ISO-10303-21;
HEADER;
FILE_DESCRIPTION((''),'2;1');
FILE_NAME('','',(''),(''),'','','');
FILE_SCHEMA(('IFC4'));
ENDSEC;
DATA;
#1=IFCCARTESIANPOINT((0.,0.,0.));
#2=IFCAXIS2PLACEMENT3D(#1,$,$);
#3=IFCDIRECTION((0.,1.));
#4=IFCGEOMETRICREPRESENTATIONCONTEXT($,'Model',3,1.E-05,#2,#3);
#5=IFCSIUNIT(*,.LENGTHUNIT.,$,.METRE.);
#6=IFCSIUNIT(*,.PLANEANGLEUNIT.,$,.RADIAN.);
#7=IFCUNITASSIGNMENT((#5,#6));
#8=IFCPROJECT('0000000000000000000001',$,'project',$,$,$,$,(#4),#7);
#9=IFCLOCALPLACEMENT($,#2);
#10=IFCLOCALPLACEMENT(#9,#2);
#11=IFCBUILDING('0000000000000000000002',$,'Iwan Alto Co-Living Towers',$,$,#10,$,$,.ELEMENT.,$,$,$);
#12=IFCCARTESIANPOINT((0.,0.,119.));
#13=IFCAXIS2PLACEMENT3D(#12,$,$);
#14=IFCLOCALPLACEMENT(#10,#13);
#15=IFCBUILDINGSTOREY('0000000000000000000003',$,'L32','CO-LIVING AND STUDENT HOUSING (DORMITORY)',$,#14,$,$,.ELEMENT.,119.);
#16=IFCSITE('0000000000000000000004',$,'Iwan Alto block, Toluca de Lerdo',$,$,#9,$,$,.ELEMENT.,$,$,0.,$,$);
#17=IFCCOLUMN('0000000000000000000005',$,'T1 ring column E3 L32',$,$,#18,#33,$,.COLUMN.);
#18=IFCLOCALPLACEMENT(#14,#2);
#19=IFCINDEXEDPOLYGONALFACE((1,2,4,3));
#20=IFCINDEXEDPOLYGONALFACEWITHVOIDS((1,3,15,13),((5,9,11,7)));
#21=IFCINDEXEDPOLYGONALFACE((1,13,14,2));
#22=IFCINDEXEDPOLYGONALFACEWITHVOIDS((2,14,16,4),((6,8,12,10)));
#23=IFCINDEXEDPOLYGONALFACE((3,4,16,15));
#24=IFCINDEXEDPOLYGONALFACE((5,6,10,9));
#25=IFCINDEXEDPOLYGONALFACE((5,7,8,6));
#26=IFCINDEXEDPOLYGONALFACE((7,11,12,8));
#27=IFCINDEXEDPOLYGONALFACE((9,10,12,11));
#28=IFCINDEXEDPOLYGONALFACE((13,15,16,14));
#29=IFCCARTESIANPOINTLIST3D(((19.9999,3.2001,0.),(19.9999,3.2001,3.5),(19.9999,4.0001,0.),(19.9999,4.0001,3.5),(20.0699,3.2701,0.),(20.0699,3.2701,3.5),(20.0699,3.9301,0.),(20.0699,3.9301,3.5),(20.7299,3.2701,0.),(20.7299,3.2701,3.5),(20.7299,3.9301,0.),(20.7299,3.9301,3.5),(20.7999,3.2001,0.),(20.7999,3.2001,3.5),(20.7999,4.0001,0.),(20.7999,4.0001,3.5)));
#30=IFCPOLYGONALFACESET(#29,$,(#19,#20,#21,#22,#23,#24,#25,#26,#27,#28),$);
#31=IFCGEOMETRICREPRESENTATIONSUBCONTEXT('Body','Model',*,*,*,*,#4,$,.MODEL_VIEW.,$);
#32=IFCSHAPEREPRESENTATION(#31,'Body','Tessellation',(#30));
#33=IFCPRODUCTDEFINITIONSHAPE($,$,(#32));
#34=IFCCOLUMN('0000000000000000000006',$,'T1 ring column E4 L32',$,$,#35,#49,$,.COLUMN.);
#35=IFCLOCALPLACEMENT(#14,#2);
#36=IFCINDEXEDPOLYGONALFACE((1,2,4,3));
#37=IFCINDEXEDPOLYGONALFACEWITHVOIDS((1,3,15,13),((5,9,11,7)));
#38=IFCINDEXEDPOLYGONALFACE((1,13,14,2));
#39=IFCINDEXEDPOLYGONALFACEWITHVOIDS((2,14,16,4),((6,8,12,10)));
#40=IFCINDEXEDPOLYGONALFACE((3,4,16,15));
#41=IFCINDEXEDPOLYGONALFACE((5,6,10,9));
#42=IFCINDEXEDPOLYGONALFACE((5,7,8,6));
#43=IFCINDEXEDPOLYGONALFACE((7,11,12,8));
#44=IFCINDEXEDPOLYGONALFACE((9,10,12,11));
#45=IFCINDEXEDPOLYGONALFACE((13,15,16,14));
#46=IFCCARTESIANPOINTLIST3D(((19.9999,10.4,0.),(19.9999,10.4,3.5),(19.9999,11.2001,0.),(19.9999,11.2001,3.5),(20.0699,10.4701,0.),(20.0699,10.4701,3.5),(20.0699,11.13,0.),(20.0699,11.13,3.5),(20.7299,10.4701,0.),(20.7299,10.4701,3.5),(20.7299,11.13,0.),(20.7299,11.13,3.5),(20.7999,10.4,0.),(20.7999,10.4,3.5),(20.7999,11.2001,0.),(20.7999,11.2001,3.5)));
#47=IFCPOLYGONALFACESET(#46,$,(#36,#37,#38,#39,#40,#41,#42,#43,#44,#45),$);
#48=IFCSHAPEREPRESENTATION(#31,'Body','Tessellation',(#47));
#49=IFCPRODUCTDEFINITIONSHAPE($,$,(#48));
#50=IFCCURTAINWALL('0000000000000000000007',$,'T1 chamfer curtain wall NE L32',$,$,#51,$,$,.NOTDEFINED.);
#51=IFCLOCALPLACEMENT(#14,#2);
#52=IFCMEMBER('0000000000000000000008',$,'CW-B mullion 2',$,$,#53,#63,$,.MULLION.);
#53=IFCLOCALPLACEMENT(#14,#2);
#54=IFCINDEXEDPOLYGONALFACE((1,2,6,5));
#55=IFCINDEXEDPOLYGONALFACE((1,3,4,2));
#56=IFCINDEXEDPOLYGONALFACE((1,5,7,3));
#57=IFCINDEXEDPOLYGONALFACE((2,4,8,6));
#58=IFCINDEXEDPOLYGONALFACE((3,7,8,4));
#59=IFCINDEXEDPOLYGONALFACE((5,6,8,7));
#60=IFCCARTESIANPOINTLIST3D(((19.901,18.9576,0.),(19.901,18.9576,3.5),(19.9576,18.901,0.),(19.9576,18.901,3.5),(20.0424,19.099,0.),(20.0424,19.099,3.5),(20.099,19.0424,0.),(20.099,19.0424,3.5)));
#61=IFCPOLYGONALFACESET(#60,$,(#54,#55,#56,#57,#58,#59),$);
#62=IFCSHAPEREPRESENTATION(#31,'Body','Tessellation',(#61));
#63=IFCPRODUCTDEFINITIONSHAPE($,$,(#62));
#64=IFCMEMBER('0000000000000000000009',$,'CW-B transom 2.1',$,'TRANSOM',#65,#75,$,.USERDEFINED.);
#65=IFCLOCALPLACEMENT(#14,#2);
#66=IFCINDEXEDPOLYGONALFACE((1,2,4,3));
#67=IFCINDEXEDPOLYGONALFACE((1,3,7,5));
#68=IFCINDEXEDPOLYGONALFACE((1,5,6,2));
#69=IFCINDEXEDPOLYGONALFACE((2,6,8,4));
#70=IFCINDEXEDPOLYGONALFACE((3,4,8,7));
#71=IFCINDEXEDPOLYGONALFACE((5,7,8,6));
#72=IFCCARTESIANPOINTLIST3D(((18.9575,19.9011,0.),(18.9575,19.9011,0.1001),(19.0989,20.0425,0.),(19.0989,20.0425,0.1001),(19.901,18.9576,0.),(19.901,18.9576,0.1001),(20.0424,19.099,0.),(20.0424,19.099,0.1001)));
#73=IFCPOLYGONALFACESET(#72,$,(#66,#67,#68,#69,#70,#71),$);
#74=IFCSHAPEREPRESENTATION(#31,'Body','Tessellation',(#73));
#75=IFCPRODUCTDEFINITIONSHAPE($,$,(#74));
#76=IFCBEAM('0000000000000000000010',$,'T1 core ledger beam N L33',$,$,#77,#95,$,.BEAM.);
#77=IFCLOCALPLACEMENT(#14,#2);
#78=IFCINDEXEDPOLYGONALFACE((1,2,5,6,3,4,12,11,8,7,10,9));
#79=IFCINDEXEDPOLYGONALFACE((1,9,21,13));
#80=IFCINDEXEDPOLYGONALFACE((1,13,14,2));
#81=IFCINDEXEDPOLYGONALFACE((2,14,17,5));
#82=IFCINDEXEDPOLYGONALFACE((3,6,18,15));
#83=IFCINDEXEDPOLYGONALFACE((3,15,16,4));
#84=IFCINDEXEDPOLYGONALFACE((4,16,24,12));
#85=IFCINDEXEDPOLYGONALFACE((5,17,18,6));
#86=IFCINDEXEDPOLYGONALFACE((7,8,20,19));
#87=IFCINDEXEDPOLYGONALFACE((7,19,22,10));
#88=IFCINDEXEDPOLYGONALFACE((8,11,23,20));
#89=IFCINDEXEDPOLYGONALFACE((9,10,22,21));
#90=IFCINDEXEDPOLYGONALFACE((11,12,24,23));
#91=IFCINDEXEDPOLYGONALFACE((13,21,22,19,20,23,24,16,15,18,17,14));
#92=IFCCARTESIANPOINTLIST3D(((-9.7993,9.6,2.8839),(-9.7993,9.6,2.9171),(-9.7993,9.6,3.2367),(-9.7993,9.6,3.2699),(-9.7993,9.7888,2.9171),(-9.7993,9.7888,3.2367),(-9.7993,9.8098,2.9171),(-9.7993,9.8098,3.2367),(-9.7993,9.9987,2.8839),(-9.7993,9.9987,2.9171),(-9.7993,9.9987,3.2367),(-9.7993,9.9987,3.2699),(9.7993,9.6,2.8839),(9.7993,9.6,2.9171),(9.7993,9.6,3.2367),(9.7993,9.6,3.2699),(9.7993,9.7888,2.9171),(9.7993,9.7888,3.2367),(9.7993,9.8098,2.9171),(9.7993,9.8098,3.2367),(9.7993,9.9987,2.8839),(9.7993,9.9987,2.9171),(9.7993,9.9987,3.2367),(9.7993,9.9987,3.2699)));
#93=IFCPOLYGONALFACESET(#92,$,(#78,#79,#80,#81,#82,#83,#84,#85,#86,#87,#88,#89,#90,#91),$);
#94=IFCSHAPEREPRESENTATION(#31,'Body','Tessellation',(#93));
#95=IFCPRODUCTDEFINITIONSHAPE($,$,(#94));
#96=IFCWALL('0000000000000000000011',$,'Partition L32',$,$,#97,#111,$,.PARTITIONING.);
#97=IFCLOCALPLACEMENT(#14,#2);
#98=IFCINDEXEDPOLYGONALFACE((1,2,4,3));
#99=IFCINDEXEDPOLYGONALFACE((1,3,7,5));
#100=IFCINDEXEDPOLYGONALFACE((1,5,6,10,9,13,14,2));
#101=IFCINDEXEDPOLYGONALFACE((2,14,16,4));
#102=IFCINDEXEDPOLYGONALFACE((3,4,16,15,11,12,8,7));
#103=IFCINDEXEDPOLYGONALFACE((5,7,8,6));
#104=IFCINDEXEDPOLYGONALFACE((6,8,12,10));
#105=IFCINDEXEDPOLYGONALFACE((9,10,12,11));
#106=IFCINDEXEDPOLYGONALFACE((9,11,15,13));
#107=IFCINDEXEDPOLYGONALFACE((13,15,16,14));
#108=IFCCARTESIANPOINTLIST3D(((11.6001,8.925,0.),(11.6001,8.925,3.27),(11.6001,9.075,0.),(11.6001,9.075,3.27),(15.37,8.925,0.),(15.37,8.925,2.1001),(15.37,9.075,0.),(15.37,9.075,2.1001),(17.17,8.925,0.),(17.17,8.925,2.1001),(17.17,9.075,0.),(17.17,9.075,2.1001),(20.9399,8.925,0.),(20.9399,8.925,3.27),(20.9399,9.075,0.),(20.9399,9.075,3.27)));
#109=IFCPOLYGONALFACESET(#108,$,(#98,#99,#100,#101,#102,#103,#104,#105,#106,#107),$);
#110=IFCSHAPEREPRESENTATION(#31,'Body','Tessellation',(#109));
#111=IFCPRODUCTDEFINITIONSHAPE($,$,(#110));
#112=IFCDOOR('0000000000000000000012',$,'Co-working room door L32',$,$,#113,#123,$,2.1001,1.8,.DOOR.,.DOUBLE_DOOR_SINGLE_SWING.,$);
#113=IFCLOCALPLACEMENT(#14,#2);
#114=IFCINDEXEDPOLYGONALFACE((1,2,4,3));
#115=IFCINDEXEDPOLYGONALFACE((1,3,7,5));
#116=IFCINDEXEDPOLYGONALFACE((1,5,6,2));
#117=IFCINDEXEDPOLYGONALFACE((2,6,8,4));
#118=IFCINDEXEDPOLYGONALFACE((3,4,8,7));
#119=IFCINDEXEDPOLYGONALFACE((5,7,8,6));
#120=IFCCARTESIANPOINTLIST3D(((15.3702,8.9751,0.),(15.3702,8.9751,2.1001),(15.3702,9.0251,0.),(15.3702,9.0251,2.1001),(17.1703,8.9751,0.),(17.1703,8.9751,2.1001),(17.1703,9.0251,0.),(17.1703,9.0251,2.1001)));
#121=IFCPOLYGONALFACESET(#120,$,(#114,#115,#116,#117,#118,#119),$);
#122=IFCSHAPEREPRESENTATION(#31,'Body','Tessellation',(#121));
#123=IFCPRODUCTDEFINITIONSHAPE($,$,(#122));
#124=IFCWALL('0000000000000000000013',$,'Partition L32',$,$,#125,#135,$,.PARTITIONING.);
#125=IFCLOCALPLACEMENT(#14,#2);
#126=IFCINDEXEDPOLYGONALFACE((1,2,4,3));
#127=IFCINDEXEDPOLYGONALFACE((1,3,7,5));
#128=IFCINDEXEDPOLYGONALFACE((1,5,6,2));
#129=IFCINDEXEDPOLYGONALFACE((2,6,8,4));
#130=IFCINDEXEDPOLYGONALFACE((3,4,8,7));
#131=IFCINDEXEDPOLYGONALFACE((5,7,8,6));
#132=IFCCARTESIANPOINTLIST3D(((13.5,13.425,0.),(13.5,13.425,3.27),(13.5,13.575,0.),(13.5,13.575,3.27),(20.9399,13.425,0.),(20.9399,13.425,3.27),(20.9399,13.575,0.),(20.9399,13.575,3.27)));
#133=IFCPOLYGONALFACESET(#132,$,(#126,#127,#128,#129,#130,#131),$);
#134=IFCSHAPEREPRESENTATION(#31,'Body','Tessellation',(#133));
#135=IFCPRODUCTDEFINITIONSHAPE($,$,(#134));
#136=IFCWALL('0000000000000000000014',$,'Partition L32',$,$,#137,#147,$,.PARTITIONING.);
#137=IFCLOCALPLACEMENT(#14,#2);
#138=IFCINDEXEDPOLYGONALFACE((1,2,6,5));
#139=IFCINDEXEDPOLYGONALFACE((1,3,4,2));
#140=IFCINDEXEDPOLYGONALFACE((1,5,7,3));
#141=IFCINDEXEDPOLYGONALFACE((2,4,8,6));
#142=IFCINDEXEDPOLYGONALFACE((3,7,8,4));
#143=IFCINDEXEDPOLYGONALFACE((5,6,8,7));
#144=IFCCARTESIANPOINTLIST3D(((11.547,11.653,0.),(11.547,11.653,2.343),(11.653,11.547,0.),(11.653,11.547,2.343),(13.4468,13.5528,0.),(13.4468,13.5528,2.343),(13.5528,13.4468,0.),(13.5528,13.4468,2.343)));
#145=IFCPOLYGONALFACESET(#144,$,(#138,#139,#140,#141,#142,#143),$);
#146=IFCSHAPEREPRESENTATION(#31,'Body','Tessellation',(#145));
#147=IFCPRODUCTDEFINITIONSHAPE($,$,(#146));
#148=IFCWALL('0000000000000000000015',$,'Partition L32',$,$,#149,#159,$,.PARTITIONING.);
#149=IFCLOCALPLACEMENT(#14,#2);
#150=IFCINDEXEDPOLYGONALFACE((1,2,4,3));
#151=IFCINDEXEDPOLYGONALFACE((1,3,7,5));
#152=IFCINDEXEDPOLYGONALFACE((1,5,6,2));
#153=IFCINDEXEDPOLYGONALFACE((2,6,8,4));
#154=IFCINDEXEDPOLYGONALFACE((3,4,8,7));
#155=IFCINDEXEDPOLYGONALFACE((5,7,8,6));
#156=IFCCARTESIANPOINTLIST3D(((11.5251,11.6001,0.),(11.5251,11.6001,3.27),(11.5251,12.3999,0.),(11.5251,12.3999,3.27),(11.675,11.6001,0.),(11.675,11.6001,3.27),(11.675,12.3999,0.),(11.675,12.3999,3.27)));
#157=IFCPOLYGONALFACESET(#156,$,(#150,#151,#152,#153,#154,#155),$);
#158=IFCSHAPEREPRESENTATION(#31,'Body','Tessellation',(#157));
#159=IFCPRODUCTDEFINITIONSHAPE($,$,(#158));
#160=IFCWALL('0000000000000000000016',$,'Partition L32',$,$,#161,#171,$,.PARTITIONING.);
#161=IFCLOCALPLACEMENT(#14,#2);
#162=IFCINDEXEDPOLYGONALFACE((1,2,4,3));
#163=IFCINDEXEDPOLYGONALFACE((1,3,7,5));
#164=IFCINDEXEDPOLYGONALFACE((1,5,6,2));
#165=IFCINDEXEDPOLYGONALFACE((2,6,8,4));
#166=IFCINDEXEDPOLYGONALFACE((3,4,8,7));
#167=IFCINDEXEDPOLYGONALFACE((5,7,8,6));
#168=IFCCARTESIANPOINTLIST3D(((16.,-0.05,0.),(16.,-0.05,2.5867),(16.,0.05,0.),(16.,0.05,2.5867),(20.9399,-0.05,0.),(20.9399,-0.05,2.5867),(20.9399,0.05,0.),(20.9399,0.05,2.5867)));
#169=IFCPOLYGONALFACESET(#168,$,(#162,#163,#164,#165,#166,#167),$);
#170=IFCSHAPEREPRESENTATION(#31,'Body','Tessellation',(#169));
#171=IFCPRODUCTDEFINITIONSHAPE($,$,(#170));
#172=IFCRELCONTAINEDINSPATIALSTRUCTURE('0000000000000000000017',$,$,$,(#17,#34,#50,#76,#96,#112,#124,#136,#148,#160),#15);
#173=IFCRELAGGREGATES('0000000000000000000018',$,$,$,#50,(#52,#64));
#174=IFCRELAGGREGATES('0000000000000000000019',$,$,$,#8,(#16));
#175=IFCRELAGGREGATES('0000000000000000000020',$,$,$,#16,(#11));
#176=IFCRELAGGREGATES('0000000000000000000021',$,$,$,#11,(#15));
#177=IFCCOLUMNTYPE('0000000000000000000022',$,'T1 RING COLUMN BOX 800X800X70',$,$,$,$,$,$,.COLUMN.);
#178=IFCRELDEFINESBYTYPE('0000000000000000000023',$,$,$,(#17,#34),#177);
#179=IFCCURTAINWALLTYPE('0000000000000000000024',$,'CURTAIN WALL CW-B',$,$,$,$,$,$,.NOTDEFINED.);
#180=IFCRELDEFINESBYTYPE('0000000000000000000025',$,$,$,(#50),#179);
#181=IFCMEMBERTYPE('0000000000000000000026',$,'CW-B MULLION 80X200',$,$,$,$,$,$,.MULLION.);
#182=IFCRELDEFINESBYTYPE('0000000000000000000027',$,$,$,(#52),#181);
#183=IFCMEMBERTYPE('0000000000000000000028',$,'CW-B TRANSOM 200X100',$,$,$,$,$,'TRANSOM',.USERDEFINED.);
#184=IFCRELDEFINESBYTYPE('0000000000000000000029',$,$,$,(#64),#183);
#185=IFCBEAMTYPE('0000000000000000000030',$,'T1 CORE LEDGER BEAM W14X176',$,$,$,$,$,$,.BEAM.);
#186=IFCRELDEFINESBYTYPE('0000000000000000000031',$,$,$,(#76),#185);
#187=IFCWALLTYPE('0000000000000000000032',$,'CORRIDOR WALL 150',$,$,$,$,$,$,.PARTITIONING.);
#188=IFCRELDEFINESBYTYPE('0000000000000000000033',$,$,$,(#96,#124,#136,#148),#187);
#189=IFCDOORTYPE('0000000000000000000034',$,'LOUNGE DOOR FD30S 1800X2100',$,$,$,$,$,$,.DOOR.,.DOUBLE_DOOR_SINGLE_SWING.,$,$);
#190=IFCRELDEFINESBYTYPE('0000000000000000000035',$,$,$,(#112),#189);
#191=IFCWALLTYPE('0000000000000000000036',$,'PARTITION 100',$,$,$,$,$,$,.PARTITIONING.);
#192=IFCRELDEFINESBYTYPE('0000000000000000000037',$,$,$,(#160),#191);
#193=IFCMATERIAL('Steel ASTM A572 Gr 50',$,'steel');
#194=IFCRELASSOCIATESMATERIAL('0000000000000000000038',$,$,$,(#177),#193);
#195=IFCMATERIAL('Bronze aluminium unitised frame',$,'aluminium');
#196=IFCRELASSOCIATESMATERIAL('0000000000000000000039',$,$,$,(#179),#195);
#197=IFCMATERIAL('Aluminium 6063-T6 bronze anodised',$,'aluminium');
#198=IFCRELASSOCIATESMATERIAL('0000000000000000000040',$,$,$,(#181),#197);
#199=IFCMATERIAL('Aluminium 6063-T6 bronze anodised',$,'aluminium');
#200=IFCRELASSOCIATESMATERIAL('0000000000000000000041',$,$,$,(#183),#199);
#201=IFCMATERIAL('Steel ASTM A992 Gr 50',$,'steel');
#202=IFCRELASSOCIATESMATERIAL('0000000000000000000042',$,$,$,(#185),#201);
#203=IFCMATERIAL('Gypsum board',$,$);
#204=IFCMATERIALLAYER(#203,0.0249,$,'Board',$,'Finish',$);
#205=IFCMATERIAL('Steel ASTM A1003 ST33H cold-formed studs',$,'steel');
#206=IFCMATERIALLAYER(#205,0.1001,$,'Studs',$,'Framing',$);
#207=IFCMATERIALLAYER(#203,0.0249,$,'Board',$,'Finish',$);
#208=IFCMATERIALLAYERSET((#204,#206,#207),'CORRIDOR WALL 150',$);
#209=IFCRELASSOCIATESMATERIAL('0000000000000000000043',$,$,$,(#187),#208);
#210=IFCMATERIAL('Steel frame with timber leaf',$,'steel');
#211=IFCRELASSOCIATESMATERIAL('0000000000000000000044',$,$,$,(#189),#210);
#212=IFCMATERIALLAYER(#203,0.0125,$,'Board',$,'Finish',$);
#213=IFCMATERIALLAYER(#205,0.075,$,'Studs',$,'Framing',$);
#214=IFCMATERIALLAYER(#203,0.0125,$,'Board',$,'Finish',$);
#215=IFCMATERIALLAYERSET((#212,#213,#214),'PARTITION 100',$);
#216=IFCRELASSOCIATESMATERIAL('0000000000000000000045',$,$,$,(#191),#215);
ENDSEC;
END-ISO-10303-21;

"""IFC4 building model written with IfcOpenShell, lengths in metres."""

from ifc_helpers import new_model, si_unit, direction, frame, frame_2d, origin, origin_2d, place, context, subcontext, project, spatial, rectangle, hollow_rectangle, i_section, extrude, material, layer, layer_set, material_profile, profile_set, type_object, element, fill, aggregate, save


model = new_model("IFC4")

# Units and contexts
model_context = context("Model", 3, precision=1e-05, world=origin(), true_north=direction((0.0, 1.0)))
body_context = subcontext(model_context, "Body", "Model", "MODEL_VIEW")
ifc_project = project(units=[si_unit("LENGTHUNIT", "METRE"), si_unit("PLANEANGLEUNIT", "RADIAN")], contexts=[model_context])

# Site, building, storey
site_placement = place(None, origin())
site = spatial("IfcSite", under=ifc_project, at=site_placement, Name="Iwan Alto block, Toluca de Lerdo", CompositionType="ELEMENT", RefElevation=0.0)
building_placement = place(site_placement, origin())
building = spatial("IfcBuilding", under=site, at=building_placement, Name="Iwan Alto Co-Living Towers", CompositionType="ELEMENT")
storey_placement = place(building_placement, frame((0.0, 0.0, 119.0)))
storey = spatial("IfcBuildingStorey", under=building, at=storey_placement, Name="L32", Description="CO-LIVING AND STUDENT HOUSING (DORMITORY)", CompositionType="ELEMENT", Elevation=119.0)

# Columns
ifc_material_1 = material(Name="Steel ASTM A572 Gr 50", Category="steel")
ifc_material_profile_1 = material_profile(ifc_material_1, hollow_rectangle(XDim=0.8, YDim=0.8, WallThickness=0.0701, at=origin_2d()), Name="BOX 800X800X70")
ifc_profile_set_1 = profile_set([ifc_material_profile_1], Name="Steel ASTM A572 Gr 50")
column_type = type_object("IfcColumnType", Name="T1 RING COLUMN BOX 800X800X70", PredefinedType="COLUMN", material=ifc_profile_set_1)
for number, where, z_axis, x_axis, name in (
    (1, (20.3999, 3.6001, 0.0), (0.0, 0.0, 1.0), (1.0, 0.0, 0.0), "T1 ring column E3 L32"),
    (2, (20.3999, 10.8, 0.0), (0.0, 0.0, 1.0), (1.0, 0.0, 0.0), "T1 ring column E4 L32"),
):
    element("IfcColumn", number, at=place(storey_placement, frame(where, z_axis=z_axis, x_axis=x_axis)), inside=storey, type_object=column_type, Name=name, PredefinedType="COLUMN", context=body_context, shape_type="SweptSolid", body=[
        extrude(hollow_rectangle(XDim=0.8, YDim=0.8, WallThickness=0.0701, at=origin_2d()), origin(), (0.0, 0.0, 1.0), 3.5),
    ])

# Curtain wall, members
ifc_material_2 = material(Name="Bronze aluminium unitised frame", Category="aluminium")
curtain_wall_type = type_object("IfcCurtainWallType", Name="CURTAIN WALL CW-B", PredefinedType="NOTDEFINED", material=ifc_material_2)
curtain_wall_placement = place(storey_placement, origin())
curtain_wall = element("IfcCurtainWall", 3, at=curtain_wall_placement, inside=storey, type_object=curtain_wall_type, Name="T1 chamfer curtain wall NE L32", PredefinedType="NOTDEFINED")
ifc_material_3 = material(Name="Aluminium 6063-T6 bronze anodised", Category="aluminium")
ifc_material_profile_2 = material_profile(ifc_material_3, rectangle(XDim=0.2, YDim=0.0801, at=origin_2d()), Name="AL 80X200")
ifc_profile_set_2 = profile_set([ifc_material_profile_2], Name="Aluminium 6063-T6 bronze anodised")
member_type_1 = type_object("IfcMemberType", Name="CW-B MULLION 80X200", PredefinedType="MULLION", material=ifc_profile_set_2)
member_1_placement = place(storey_placement, frame((20.0, 19.0, 0.0), z_axis=(0.0, 0.0, 1.0), x_axis=(-0.707107, -0.707107, 0.0)))
member_1 = element("IfcMember", 4, at=member_1_placement, type_object=member_type_1, Name="CW-B mullion 2", PredefinedType="MULLION", context=body_context, shape_type="SweptSolid", body=[
    extrude(rectangle(XDim=0.2, YDim=0.0801, at=origin_2d()), origin(), (0.0, 0.0, 1.0), 3.5),
])
ifc_material_4 = material(Name="Aluminium 6063-T6 bronze anodised", Category="aluminium")
ifc_material_profile_3 = material_profile(ifc_material_4, rectangle(XDim=0.2, YDim=0.1001, at=origin_2d()), Name="AL 200X100")
ifc_profile_set_3 = profile_set([ifc_material_profile_3], Name="Aluminium 6063-T6 bronze anodised")
member_type_2 = type_object("IfcMemberType", Name="CW-B TRANSOM 200X100", ElementType="TRANSOM", PredefinedType="USERDEFINED", material=ifc_profile_set_3)
member_2_placement = place(storey_placement, frame((19.9717, 19.0283, 0.05), z_axis=(-0.707107, 0.707107, 0.0), x_axis=(-0.707107, -0.707107, 0.0)))
member_2 = element("IfcMember", 5, at=member_2_placement, type_object=member_type_2, Name="CW-B transom 2.1", ObjectType="TRANSOM", PredefinedType="USERDEFINED", context=body_context, shape_type="SweptSolid", body=[
    extrude(rectangle(XDim=0.2, YDim=0.1001, at=origin_2d()), origin(), (0.0, 0.0, 1.0), 1.3342),
])
aggregate(curtain_wall, [member_1, member_2])

# Beam
ifc_material_5 = material(Name="Steel ASTM A992 Gr 50", Category="steel")
ifc_material_profile_4 = material_profile(ifc_material_5, i_section(OverallWidth=0.3987, OverallDepth=0.386, WebThickness=0.021, FlangeThickness=0.0332, at=origin_2d()), Name="W14X176")
ifc_profile_set_4 = profile_set([ifc_material_profile_4], Name="Steel ASTM A992 Gr 50")
beam_type = type_object("IfcBeamType", Name="T1 CORE LEDGER BEAM W14X176", PredefinedType="BEAM", material=ifc_profile_set_4)
beam_placement = place(storey_placement, frame((9.7993, 9.7993, 3.0769), z_axis=(-1.0, 0.0, 0.0), x_axis=(0.0, -1.0, 0.0)))
element("IfcBeam", 6, at=beam_placement, inside=storey, type_object=beam_type, Name="T1 core ledger beam N L33", PredefinedType="BEAM", context=body_context, shape_type="SweptSolid", body=[
    extrude(i_section(OverallWidth=0.3987, OverallDepth=0.386, WebThickness=0.021, FlangeThickness=0.0332, at=origin_2d()), origin(), (0.0, 0.0, 1.0), 19.5986),
])

# Wall, opening, door
ifc_material_6 = material(Name="Gypsum board")
ifc_layer_1 = layer(ifc_material_6, 0.0249, Name="Board", Category="Finish")
ifc_material_7 = material(Name="Steel ASTM A1003 ST33H cold-formed studs", Category="steel")
ifc_layer_2 = layer(ifc_material_7, 0.1001, Name="Studs", Category="Framing")
ifc_layer_3 = layer(ifc_material_6, 0.0249, Name="Board", Category="Finish")
ifc_layer_set_1 = layer_set([ifc_layer_1, ifc_layer_2, ifc_layer_3], Name="CORRIDOR WALL 150")
wall_type_1 = type_object("IfcWallType", Name="CORRIDOR WALL 150", PredefinedType="PARTITIONING", material=ifc_layer_set_1)
wall_1_placement = place(storey_placement, frame((11.6001, 9.0, 0.0), z_axis=(0.0, 0.0, 1.0), x_axis=(1.0, 0.0, 0.0)))
wall_1 = element("IfcWall", 7, at=wall_1_placement, inside=storey, type_object=wall_type_1, Name="Partition L32", PredefinedType="PARTITIONING", context=body_context, shape_type="SweptSolid", body=[
    extrude(rectangle(XDim=9.3398, YDim=0.1499, at=frame_2d((4.6699, 0.0))), origin(), (0.0, 0.0, 1.0), 3.27),
])
opening_1_placement = place(wall_1_placement, frame((3.77, 0.0, 0.0)))
opening_1 = element("IfcOpeningElement", 8, at=opening_1_placement, cuts=wall_1, PredefinedType="OPENING", context=body_context, shape_type="SweptSolid", body=[
    extrude(rectangle(XDim=1.8, YDim=2.1001, at=frame_2d((0.8999, 1.05))), frame((0.0, 0.085, 0.0), z_axis=(0.0, -1.0, 0.0), x_axis=(1.0, 0.0, 0.0)), (0.0, 0.0, 1.0), 0.1699),
])
ifc_material_8 = material(Name="Steel frame with timber leaf", Category="steel")
door_type_1 = type_object("IfcDoorType", Name="LOUNGE DOOR FD30S 1800X2100", OperationType="DOUBLE_DOOR_SINGLE_SWING", PredefinedType="DOOR", material=ifc_material_8)
door_1_placement = place(opening_1_placement, frame((1.8, 0.0, 0.0), z_axis=(0.0, 0.0, 1.0), x_axis=(-1.0, 0.0, 0.0)))
door_1 = element("IfcDoor", 9, at=door_1_placement, inside=storey, type_object=door_type_1, Name="Co-working room door L32", OperationType="DOUBLE_DOOR_SINGLE_SWING", OverallHeight=2.1001, OverallWidth=1.8, PredefinedType="DOOR", context=body_context, shape_type="SweptSolid", body=[
    extrude(rectangle(XDim=1.8, YDim=2.1001, at=frame_2d((0.8999, 1.05))), frame((0.0, 0.0249, 0.0), z_axis=(0.0, -1.0, 0.0), x_axis=(1.0, 0.0, 0.0)), (0.0, 0.0, 1.0), 0.05),
])
fill(opening_1, door_1)

# Walls
wall_2_placement = place(storey_placement, frame((13.5, 13.5, 0.0), z_axis=(0.0, 0.0, 1.0), x_axis=(1.0, 0.0, 0.0)))
element("IfcWall", 10, at=wall_2_placement, inside=storey, type_object=wall_type_1, Name="Partition L32", PredefinedType="PARTITIONING", context=body_context, shape_type="SweptSolid", body=[
    extrude(rectangle(XDim=7.4399, YDim=0.1499, at=frame_2d((3.72, 0.0))), origin(), (0.0, 0.0, 1.0), 3.27),
])
wall_3_placement = place(storey_placement, frame((11.6001, 11.6001, 0.0), z_axis=(0.0, 0.0, 1.0), x_axis=(0.707107, 0.707107, 0.0)))
element("IfcWall", 11, at=wall_3_placement, inside=storey, type_object=wall_type_1, Name="Partition L32", PredefinedType="PARTITIONING", context=body_context, shape_type="SweptSolid", body=[
    extrude(rectangle(XDim=2.6868, YDim=0.1499, at=frame_2d((1.3433, 0.0))), origin(), (0.0, 0.0, 1.0), 2.343),
])
wall_4_placement = place(storey_placement, frame((11.6001, 11.6001, 0.0), z_axis=(0.0, 0.0, 1.0), x_axis=(0.0, 1.0, 0.0)))
element("IfcWall", 12, at=wall_4_placement, inside=storey, type_object=wall_type_1, Name="Partition L32", PredefinedType="PARTITIONING", context=body_context, shape_type="SweptSolid", body=[
    extrude(rectangle(XDim=0.7998, YDim=0.1499, at=frame_2d((0.3999, 0.0))), origin(), (0.0, 0.0, 1.0), 3.27),
])
ifc_layer_4 = layer(ifc_material_6, 0.0125, Name="Board", Category="Finish")
ifc_layer_5 = layer(ifc_material_7, 0.075, Name="Studs", Category="Framing")
ifc_layer_6 = layer(ifc_material_6, 0.0125, Name="Board", Category="Finish")
ifc_layer_set_2 = layer_set([ifc_layer_4, ifc_layer_5, ifc_layer_6], Name="PARTITION 100")
wall_type_2 = type_object("IfcWallType", Name="PARTITION 100", PredefinedType="PARTITIONING", material=ifc_layer_set_2)
wall_5_placement = place(storey_placement, frame((16.0, 0.0, 0.0), z_axis=(0.0, 0.0, 1.0), x_axis=(1.0, 0.0, 0.0)))
element("IfcWall", 13, at=wall_5_placement, inside=storey, type_object=wall_type_2, Name="Partition L32", PredefinedType="PARTITIONING", context=body_context, shape_type="SweptSolid", body=[
    extrude(rectangle(XDim=4.9399, YDim=0.1001, at=frame_2d((2.47, 0.0))), origin(), (0.0, 0.0, 1.0), 2.5867),
])

save(model, "model.ifc")
